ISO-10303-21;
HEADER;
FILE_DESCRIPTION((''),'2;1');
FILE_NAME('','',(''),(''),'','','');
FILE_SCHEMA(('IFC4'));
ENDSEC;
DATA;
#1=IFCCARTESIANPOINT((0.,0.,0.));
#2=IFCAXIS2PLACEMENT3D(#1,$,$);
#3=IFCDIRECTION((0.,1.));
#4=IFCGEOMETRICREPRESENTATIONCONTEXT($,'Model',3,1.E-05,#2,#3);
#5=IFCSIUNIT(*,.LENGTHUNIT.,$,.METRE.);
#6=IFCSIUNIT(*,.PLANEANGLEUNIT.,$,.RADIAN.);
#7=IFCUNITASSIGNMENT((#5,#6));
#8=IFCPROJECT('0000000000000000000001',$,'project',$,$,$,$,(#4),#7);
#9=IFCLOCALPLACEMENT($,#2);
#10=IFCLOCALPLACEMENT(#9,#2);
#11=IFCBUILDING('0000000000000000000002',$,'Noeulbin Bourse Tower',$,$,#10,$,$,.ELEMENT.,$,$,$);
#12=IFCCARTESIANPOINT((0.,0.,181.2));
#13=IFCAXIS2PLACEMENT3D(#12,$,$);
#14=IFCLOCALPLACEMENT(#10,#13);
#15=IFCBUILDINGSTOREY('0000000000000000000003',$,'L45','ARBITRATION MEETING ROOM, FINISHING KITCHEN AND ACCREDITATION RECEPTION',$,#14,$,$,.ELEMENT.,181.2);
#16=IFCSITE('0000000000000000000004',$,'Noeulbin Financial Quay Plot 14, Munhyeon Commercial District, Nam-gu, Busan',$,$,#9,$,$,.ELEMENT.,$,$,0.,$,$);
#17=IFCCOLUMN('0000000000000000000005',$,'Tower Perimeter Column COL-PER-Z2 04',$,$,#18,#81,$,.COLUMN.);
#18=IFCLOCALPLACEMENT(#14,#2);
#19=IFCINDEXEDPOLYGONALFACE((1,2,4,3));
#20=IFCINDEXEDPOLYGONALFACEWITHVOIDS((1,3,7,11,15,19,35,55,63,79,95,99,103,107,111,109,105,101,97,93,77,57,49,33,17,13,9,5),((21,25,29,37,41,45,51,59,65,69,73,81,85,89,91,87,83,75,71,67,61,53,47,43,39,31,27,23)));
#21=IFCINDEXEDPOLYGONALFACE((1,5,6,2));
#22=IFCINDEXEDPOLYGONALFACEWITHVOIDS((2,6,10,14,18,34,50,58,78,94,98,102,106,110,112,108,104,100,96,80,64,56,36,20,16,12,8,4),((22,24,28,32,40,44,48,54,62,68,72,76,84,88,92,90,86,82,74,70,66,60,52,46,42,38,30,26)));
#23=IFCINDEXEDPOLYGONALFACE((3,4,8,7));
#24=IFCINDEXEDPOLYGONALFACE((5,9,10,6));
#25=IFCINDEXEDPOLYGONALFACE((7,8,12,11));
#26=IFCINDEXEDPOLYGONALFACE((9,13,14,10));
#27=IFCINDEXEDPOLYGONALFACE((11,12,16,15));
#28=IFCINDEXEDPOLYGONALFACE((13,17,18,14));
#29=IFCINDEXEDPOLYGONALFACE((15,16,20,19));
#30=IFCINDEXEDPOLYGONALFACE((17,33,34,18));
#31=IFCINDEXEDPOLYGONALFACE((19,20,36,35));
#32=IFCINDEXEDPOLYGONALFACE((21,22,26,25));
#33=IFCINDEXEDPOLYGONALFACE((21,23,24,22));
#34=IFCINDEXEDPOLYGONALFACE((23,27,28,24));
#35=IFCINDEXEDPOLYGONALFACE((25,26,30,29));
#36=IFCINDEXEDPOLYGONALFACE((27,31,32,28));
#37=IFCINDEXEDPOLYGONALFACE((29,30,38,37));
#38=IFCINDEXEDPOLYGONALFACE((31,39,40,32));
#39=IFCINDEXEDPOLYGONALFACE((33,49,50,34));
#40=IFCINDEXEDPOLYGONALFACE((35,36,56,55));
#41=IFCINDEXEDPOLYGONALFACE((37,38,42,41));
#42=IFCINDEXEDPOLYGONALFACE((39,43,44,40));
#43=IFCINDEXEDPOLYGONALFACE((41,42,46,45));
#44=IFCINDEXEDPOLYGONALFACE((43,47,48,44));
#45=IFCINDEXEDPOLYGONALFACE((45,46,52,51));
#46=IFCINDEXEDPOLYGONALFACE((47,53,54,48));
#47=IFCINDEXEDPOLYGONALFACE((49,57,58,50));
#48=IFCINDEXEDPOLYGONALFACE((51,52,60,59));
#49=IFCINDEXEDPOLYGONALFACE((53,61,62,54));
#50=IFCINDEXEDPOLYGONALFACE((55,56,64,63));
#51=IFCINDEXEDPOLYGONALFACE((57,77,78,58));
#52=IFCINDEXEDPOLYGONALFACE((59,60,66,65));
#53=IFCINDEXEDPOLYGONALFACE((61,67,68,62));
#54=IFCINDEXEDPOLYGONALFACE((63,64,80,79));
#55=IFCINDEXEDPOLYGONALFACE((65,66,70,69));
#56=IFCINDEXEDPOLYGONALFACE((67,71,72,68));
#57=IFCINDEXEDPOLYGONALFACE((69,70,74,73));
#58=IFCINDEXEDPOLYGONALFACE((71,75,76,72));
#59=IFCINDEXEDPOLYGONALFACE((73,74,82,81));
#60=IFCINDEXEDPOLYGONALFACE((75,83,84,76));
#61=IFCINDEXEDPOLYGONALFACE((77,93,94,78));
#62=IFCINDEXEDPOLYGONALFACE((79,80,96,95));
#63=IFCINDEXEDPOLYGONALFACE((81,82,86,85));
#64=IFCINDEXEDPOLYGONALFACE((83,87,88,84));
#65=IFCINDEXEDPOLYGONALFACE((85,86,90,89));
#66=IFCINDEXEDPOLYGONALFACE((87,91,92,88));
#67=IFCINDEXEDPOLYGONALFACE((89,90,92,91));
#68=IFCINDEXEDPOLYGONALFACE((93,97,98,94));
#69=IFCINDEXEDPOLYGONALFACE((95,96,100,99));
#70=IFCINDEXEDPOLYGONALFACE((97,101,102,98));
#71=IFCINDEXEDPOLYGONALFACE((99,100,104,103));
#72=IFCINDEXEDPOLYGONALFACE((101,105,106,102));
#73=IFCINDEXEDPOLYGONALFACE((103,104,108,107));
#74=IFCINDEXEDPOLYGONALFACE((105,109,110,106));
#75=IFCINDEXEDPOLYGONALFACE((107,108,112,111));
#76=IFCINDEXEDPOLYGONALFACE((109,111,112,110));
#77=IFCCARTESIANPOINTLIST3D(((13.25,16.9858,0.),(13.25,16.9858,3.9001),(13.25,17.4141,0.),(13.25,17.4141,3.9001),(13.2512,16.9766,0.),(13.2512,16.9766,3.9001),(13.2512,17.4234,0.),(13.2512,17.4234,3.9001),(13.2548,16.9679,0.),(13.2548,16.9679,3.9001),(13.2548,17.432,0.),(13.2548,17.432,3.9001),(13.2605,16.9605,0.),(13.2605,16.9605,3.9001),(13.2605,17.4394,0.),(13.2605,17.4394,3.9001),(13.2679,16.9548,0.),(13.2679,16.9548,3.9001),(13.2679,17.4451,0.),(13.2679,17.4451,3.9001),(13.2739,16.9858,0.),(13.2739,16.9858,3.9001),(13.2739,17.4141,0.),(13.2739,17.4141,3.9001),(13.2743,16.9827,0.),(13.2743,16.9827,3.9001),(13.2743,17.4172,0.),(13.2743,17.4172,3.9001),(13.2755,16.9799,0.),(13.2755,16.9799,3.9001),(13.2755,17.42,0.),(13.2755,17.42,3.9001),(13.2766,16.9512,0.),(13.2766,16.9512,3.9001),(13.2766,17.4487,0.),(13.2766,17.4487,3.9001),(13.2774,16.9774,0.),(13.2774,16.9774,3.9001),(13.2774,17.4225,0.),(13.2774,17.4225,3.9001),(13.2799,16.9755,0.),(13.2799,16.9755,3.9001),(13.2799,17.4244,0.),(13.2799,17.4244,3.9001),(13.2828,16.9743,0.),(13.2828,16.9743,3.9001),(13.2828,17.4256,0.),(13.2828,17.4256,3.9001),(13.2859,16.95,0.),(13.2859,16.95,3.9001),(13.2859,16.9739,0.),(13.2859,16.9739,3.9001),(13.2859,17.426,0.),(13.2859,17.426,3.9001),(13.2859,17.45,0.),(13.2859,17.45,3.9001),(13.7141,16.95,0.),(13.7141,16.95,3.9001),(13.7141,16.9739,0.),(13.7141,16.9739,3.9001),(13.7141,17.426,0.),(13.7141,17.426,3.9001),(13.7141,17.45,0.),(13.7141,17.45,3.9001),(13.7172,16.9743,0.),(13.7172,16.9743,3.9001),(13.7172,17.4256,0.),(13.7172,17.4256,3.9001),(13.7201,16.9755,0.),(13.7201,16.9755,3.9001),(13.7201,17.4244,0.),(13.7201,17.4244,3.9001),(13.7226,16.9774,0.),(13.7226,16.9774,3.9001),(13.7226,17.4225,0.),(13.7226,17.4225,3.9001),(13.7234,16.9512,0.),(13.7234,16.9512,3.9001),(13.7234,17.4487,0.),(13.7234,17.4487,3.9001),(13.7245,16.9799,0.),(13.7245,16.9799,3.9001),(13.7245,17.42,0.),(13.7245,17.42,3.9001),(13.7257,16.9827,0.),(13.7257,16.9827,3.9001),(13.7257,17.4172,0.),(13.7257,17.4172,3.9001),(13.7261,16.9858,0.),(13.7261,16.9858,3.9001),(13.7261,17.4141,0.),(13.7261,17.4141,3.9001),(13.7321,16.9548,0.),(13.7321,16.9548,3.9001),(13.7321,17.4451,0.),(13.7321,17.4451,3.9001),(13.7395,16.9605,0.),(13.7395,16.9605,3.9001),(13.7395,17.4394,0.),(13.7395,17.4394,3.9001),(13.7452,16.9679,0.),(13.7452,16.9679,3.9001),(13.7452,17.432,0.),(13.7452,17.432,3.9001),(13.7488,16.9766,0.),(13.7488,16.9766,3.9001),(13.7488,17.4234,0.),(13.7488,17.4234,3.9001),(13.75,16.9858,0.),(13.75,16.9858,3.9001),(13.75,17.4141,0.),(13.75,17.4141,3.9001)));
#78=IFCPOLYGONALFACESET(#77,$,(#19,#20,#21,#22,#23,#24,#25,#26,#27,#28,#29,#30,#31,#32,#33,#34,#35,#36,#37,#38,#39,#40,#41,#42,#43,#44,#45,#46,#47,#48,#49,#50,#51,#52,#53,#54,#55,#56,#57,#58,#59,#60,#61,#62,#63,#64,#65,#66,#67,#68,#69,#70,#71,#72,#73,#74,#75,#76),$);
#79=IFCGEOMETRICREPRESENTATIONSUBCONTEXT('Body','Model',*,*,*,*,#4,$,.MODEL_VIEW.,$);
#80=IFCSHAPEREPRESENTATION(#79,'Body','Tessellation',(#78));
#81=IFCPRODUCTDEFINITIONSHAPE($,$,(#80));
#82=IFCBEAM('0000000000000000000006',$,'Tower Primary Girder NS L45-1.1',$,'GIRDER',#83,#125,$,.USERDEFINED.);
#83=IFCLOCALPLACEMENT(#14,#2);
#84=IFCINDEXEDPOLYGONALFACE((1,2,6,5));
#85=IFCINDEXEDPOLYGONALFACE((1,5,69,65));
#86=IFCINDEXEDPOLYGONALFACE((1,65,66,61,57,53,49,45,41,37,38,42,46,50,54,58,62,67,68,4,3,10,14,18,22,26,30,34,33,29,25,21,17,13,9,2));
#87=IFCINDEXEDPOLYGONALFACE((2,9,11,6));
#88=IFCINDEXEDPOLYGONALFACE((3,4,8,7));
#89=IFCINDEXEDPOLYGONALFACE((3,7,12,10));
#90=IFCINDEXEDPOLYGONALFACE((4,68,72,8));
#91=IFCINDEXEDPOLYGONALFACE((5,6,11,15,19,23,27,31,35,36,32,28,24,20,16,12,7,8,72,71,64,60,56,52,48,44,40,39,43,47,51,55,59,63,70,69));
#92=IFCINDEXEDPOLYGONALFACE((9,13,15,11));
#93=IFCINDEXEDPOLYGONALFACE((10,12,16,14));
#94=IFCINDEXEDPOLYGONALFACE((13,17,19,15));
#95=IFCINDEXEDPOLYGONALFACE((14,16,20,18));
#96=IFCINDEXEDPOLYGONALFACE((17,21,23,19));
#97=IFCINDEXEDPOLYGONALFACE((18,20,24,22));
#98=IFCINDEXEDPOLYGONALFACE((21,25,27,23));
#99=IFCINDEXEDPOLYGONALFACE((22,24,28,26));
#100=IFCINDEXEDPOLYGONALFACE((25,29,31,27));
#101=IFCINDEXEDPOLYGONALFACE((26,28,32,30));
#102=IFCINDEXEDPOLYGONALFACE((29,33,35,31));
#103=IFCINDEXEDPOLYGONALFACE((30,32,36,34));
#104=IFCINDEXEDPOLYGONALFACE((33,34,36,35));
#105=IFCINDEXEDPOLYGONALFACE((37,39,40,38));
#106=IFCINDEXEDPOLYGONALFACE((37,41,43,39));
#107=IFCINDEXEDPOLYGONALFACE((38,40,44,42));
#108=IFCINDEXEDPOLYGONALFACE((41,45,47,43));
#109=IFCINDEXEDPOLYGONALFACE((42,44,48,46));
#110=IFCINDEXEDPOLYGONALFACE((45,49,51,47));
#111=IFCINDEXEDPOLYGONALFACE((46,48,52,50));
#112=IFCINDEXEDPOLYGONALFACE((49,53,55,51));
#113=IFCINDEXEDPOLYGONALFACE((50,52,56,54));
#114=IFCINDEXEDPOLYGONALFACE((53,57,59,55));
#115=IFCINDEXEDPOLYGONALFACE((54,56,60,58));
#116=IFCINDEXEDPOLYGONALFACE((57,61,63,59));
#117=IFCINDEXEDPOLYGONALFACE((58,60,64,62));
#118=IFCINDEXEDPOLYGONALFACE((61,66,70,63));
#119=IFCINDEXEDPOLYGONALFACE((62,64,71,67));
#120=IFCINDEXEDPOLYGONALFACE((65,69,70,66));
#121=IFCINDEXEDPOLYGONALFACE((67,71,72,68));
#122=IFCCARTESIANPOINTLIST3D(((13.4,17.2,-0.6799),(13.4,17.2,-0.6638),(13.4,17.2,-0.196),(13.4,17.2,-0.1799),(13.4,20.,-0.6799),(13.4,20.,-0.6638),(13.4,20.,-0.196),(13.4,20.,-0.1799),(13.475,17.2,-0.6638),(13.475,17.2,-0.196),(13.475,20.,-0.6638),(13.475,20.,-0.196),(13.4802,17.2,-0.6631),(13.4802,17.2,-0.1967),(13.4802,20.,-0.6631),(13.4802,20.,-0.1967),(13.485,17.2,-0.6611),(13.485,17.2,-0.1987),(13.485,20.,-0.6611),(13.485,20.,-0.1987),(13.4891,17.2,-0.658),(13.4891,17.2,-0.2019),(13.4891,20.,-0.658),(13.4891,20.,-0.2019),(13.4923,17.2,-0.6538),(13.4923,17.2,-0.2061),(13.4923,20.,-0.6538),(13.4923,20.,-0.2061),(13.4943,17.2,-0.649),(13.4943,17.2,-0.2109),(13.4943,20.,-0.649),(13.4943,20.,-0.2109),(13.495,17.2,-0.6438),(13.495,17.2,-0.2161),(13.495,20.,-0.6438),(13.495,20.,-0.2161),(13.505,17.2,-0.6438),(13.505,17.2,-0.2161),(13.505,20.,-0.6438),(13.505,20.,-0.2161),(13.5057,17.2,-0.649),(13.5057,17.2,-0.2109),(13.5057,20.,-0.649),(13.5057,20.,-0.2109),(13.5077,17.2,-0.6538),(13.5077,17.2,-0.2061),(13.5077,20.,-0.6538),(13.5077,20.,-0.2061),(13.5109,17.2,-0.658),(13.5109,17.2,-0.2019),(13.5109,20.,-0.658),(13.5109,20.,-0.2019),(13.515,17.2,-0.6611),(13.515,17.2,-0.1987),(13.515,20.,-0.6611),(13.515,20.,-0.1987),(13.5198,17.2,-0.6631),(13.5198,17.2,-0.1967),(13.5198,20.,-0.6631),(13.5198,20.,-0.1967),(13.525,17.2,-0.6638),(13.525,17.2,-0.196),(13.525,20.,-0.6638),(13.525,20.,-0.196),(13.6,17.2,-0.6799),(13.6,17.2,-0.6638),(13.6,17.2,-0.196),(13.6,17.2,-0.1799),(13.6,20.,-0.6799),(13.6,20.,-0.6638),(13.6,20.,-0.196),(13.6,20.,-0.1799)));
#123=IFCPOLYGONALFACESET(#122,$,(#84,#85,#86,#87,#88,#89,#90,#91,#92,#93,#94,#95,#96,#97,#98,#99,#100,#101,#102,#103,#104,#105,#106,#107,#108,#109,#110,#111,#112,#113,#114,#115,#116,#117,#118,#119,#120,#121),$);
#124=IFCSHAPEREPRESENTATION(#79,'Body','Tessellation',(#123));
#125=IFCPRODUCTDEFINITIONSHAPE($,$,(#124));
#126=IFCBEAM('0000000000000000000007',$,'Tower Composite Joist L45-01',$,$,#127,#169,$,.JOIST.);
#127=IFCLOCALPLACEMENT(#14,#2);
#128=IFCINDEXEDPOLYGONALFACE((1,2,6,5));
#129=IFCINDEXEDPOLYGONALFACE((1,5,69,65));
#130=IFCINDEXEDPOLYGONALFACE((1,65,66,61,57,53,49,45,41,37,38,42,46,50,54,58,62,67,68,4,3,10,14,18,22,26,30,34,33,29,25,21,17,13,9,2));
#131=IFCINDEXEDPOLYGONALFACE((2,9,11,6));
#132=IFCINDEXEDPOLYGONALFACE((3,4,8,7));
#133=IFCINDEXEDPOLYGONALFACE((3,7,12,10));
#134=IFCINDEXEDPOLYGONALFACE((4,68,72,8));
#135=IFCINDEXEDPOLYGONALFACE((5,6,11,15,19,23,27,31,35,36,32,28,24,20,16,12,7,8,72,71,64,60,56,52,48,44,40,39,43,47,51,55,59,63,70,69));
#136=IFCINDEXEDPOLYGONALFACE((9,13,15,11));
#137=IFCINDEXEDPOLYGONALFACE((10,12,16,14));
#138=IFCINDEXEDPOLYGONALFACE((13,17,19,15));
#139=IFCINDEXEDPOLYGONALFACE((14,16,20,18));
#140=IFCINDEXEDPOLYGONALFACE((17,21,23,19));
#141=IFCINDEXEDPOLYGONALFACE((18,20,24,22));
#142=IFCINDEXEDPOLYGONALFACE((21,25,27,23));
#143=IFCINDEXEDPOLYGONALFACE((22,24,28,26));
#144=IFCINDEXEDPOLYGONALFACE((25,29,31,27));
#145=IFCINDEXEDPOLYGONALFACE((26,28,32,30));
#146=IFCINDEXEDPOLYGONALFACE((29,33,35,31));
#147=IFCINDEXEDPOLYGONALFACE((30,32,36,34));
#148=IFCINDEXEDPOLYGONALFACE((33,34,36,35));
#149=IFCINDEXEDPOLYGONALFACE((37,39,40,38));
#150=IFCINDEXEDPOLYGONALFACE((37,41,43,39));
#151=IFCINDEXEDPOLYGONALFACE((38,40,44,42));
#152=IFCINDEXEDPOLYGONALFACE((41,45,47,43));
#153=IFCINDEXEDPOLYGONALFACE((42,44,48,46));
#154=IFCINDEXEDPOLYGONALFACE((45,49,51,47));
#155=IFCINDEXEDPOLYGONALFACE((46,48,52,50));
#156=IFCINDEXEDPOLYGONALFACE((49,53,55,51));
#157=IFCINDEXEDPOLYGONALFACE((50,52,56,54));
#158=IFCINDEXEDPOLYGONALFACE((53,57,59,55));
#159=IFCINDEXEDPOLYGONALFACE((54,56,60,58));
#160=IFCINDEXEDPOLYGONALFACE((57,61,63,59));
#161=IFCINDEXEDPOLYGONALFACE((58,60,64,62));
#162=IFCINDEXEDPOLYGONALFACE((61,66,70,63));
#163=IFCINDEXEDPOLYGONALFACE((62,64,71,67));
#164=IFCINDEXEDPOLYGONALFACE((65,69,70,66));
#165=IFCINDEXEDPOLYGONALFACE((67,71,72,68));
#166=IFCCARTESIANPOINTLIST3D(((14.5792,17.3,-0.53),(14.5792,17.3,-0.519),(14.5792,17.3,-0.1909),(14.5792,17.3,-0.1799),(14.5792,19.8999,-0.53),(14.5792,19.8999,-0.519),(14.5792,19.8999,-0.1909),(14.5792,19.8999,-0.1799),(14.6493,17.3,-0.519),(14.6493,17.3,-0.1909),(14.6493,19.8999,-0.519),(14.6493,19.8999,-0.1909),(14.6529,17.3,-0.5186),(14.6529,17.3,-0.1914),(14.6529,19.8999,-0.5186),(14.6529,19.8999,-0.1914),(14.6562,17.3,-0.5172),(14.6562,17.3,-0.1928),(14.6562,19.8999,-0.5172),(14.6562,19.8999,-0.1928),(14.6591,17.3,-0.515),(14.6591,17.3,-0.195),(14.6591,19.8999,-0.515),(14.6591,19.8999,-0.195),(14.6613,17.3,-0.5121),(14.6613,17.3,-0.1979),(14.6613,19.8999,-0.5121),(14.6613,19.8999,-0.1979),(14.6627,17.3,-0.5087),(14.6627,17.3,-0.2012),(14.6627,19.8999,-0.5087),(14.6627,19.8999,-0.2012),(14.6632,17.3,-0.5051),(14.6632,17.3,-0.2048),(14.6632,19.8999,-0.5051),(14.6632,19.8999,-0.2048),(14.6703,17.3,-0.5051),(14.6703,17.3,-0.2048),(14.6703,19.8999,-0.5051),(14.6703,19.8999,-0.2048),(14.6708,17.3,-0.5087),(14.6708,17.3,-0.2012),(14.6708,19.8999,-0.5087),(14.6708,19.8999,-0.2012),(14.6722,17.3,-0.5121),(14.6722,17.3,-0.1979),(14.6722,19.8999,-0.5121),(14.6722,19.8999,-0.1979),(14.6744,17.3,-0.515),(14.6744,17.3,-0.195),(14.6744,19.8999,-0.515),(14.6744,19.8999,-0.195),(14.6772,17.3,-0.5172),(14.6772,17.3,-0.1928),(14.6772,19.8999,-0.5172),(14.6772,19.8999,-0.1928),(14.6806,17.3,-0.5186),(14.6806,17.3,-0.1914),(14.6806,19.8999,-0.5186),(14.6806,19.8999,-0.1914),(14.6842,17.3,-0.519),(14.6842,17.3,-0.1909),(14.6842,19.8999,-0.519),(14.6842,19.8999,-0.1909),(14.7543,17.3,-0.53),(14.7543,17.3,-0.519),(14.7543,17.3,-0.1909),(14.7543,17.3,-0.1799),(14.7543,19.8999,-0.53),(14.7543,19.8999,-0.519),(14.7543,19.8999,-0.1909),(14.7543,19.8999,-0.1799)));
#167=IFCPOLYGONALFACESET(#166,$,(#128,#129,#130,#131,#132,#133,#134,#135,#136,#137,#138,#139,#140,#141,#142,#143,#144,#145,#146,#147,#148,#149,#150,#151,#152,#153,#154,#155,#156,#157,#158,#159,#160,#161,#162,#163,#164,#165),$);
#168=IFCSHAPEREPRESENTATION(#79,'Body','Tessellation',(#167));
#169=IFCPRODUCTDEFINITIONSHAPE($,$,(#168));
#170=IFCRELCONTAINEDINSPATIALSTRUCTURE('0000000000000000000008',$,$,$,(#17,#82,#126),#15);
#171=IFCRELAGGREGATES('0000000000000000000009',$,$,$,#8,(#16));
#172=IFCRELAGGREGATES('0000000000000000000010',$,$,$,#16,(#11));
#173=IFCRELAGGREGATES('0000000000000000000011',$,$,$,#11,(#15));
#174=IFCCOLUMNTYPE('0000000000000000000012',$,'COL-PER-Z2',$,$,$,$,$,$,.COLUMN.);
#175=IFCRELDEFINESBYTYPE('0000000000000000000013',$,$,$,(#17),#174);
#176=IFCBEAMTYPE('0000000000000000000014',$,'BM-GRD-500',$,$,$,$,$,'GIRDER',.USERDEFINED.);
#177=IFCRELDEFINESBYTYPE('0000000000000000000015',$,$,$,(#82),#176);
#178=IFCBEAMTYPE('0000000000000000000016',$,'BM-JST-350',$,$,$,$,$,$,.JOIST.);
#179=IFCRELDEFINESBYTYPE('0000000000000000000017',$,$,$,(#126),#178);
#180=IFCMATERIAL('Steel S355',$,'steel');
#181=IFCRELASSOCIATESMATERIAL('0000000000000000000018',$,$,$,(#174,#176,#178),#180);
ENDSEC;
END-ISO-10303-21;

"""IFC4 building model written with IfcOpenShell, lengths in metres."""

from ifc_helpers import new_model, si_unit, direction, frame, origin, origin_2d, place, context, subcontext, project, spatial, hollow_rectangle, i_section, extrude, material, material_profile, profile_set, type_object, element, save


model = new_model("IFC4")

# Units and contexts
model_context = context("Model", 3, precision=1e-05, world=origin(), true_north=direction((0.0, 1.0)))
body_context = subcontext(model_context, "Body", "Model", "MODEL_VIEW")
ifc_project = project(units=[si_unit("LENGTHUNIT", "METRE"), si_unit("PLANEANGLEUNIT", "RADIAN")], contexts=[model_context])

# Site, building, storey
site_placement = place(None, origin())
site = spatial("IfcSite", under=ifc_project, at=site_placement, Name="Noeulbin Financial Quay Plot 14, Munhyeon Commercial District, Nam-gu, Busan", CompositionType="ELEMENT", RefElevation=0.0)
building_placement = place(site_placement, origin())
building = spatial("IfcBuilding", under=site, at=building_placement, Name="Noeulbin Bourse Tower", CompositionType="ELEMENT")
storey_placement = place(building_placement, frame((0.0, 0.0, 181.2)))
storey = spatial("IfcBuildingStorey", under=building, at=storey_placement, Name="L45", Description="ARBITRATION MEETING ROOM, FINISHING KITCHEN AND ACCREDITATION RECEPTION", CompositionType="ELEMENT", Elevation=181.2)

# Column
ifc_material_1 = material(Name="Steel S355", Category="steel")
ifc_material_profile_1 = material_profile(ifc_material_1, hollow_rectangle(XDim=0.5, YDim=0.5, WallThickness=0.0239, InnerFilletRadius=0.012, OuterFilletRadius=0.0359, at=origin_2d()), Name="BOX-500x500x24", Category="LoadBearing")
ifc_profile_set_1 = profile_set([ifc_material_profile_1], Name="Steel S355")
column_type = type_object("IfcColumnType", Name="COL-PER-Z2", PredefinedType="COLUMN", material=ifc_profile_set_1)
column_placement = place(storey_placement, frame((13.5, 17.2, 0.0), z_axis=(0.0, 0.0, 1.0), x_axis=(1.0, 0.0, 0.0)))
element("IfcColumn", 1, at=column_placement, inside=storey, type_object=column_type, Name="Tower Perimeter Column COL-PER-Z2 04", PredefinedType="COLUMN", context=body_context, shape_type="SweptSolid", body=[
    extrude(hollow_rectangle(XDim=0.5, YDim=0.5, WallThickness=0.0239, InnerFilletRadius=0.012, OuterFilletRadius=0.0359, at=origin_2d()), origin(), (0.0, 0.0, 1.0), 3.9001),
])

# Beams
ifc_material_profile_2 = material_profile(ifc_material_1, i_section(OverallWidth=0.2, OverallDepth=0.5, WebThickness=0.01, FlangeThickness=0.0161, FilletRadius=0.02, at=origin_2d()), Name="H-500x200x10x16", Category="LoadBearing")
ifc_profile_set_2 = profile_set([ifc_material_profile_2], Name="Steel S355")
beam_type_1 = type_object("IfcBeamType", Name="BM-GRD-500", ElementType="GIRDER", PredefinedType="USERDEFINED", material=ifc_profile_set_2)
beam_1_placement = place(storey_placement, frame((13.5, 17.2, -0.4299), z_axis=(0.0, 1.0, 0.0), x_axis=(-1.0, 0.0, 0.0)))
element("IfcBeam", 2, at=beam_1_placement, inside=storey, type_object=beam_type_1, Name="Tower Primary Girder NS L45-1.1", ObjectType="GIRDER", PredefinedType="USERDEFINED", context=body_context, shape_type="SweptSolid", body=[
    extrude(i_section(OverallWidth=0.2, OverallDepth=0.5, WebThickness=0.01, FlangeThickness=0.0161, FilletRadius=0.02, at=origin_2d()), origin(), (0.0, 0.0, 1.0), 2.8),
])
ifc_material_profile_3 = material_profile(ifc_material_1, i_section(OverallWidth=0.175, OverallDepth=0.3501, WebThickness=0.0071, FlangeThickness=0.011, FilletRadius=0.0139, at=origin_2d()), Name="H-350x175x7x11", Category="LoadBearing")
ifc_profile_set_3 = profile_set([ifc_material_profile_3], Name="Steel S355")
beam_type_2 = type_object("IfcBeamType", Name="BM-JST-350", PredefinedType="JOIST", material=ifc_profile_set_3)
for number, where, z_axis, x_axis, name in (
    (3, (14.6667, 17.3, -0.355), (0.0, 1.0, 0.0), (-1.0, 0.0, 0.0), "Tower Composite Joist L45-01"),
):
    element("IfcBeam", number, at=place(storey_placement, frame(where, z_axis=z_axis, x_axis=x_axis)), inside=storey, type_object=beam_type_2, Name=name, PredefinedType="JOIST", context=body_context, shape_type="SweptSolid", body=[
        extrude(i_section(OverallWidth=0.175, OverallDepth=0.3501, WebThickness=0.0071, FlangeThickness=0.011, FilletRadius=0.0139, at=origin_2d()), origin(), (0.0, 0.0, 1.0), 2.5999),
    ])

save(model, "model.ifc")
